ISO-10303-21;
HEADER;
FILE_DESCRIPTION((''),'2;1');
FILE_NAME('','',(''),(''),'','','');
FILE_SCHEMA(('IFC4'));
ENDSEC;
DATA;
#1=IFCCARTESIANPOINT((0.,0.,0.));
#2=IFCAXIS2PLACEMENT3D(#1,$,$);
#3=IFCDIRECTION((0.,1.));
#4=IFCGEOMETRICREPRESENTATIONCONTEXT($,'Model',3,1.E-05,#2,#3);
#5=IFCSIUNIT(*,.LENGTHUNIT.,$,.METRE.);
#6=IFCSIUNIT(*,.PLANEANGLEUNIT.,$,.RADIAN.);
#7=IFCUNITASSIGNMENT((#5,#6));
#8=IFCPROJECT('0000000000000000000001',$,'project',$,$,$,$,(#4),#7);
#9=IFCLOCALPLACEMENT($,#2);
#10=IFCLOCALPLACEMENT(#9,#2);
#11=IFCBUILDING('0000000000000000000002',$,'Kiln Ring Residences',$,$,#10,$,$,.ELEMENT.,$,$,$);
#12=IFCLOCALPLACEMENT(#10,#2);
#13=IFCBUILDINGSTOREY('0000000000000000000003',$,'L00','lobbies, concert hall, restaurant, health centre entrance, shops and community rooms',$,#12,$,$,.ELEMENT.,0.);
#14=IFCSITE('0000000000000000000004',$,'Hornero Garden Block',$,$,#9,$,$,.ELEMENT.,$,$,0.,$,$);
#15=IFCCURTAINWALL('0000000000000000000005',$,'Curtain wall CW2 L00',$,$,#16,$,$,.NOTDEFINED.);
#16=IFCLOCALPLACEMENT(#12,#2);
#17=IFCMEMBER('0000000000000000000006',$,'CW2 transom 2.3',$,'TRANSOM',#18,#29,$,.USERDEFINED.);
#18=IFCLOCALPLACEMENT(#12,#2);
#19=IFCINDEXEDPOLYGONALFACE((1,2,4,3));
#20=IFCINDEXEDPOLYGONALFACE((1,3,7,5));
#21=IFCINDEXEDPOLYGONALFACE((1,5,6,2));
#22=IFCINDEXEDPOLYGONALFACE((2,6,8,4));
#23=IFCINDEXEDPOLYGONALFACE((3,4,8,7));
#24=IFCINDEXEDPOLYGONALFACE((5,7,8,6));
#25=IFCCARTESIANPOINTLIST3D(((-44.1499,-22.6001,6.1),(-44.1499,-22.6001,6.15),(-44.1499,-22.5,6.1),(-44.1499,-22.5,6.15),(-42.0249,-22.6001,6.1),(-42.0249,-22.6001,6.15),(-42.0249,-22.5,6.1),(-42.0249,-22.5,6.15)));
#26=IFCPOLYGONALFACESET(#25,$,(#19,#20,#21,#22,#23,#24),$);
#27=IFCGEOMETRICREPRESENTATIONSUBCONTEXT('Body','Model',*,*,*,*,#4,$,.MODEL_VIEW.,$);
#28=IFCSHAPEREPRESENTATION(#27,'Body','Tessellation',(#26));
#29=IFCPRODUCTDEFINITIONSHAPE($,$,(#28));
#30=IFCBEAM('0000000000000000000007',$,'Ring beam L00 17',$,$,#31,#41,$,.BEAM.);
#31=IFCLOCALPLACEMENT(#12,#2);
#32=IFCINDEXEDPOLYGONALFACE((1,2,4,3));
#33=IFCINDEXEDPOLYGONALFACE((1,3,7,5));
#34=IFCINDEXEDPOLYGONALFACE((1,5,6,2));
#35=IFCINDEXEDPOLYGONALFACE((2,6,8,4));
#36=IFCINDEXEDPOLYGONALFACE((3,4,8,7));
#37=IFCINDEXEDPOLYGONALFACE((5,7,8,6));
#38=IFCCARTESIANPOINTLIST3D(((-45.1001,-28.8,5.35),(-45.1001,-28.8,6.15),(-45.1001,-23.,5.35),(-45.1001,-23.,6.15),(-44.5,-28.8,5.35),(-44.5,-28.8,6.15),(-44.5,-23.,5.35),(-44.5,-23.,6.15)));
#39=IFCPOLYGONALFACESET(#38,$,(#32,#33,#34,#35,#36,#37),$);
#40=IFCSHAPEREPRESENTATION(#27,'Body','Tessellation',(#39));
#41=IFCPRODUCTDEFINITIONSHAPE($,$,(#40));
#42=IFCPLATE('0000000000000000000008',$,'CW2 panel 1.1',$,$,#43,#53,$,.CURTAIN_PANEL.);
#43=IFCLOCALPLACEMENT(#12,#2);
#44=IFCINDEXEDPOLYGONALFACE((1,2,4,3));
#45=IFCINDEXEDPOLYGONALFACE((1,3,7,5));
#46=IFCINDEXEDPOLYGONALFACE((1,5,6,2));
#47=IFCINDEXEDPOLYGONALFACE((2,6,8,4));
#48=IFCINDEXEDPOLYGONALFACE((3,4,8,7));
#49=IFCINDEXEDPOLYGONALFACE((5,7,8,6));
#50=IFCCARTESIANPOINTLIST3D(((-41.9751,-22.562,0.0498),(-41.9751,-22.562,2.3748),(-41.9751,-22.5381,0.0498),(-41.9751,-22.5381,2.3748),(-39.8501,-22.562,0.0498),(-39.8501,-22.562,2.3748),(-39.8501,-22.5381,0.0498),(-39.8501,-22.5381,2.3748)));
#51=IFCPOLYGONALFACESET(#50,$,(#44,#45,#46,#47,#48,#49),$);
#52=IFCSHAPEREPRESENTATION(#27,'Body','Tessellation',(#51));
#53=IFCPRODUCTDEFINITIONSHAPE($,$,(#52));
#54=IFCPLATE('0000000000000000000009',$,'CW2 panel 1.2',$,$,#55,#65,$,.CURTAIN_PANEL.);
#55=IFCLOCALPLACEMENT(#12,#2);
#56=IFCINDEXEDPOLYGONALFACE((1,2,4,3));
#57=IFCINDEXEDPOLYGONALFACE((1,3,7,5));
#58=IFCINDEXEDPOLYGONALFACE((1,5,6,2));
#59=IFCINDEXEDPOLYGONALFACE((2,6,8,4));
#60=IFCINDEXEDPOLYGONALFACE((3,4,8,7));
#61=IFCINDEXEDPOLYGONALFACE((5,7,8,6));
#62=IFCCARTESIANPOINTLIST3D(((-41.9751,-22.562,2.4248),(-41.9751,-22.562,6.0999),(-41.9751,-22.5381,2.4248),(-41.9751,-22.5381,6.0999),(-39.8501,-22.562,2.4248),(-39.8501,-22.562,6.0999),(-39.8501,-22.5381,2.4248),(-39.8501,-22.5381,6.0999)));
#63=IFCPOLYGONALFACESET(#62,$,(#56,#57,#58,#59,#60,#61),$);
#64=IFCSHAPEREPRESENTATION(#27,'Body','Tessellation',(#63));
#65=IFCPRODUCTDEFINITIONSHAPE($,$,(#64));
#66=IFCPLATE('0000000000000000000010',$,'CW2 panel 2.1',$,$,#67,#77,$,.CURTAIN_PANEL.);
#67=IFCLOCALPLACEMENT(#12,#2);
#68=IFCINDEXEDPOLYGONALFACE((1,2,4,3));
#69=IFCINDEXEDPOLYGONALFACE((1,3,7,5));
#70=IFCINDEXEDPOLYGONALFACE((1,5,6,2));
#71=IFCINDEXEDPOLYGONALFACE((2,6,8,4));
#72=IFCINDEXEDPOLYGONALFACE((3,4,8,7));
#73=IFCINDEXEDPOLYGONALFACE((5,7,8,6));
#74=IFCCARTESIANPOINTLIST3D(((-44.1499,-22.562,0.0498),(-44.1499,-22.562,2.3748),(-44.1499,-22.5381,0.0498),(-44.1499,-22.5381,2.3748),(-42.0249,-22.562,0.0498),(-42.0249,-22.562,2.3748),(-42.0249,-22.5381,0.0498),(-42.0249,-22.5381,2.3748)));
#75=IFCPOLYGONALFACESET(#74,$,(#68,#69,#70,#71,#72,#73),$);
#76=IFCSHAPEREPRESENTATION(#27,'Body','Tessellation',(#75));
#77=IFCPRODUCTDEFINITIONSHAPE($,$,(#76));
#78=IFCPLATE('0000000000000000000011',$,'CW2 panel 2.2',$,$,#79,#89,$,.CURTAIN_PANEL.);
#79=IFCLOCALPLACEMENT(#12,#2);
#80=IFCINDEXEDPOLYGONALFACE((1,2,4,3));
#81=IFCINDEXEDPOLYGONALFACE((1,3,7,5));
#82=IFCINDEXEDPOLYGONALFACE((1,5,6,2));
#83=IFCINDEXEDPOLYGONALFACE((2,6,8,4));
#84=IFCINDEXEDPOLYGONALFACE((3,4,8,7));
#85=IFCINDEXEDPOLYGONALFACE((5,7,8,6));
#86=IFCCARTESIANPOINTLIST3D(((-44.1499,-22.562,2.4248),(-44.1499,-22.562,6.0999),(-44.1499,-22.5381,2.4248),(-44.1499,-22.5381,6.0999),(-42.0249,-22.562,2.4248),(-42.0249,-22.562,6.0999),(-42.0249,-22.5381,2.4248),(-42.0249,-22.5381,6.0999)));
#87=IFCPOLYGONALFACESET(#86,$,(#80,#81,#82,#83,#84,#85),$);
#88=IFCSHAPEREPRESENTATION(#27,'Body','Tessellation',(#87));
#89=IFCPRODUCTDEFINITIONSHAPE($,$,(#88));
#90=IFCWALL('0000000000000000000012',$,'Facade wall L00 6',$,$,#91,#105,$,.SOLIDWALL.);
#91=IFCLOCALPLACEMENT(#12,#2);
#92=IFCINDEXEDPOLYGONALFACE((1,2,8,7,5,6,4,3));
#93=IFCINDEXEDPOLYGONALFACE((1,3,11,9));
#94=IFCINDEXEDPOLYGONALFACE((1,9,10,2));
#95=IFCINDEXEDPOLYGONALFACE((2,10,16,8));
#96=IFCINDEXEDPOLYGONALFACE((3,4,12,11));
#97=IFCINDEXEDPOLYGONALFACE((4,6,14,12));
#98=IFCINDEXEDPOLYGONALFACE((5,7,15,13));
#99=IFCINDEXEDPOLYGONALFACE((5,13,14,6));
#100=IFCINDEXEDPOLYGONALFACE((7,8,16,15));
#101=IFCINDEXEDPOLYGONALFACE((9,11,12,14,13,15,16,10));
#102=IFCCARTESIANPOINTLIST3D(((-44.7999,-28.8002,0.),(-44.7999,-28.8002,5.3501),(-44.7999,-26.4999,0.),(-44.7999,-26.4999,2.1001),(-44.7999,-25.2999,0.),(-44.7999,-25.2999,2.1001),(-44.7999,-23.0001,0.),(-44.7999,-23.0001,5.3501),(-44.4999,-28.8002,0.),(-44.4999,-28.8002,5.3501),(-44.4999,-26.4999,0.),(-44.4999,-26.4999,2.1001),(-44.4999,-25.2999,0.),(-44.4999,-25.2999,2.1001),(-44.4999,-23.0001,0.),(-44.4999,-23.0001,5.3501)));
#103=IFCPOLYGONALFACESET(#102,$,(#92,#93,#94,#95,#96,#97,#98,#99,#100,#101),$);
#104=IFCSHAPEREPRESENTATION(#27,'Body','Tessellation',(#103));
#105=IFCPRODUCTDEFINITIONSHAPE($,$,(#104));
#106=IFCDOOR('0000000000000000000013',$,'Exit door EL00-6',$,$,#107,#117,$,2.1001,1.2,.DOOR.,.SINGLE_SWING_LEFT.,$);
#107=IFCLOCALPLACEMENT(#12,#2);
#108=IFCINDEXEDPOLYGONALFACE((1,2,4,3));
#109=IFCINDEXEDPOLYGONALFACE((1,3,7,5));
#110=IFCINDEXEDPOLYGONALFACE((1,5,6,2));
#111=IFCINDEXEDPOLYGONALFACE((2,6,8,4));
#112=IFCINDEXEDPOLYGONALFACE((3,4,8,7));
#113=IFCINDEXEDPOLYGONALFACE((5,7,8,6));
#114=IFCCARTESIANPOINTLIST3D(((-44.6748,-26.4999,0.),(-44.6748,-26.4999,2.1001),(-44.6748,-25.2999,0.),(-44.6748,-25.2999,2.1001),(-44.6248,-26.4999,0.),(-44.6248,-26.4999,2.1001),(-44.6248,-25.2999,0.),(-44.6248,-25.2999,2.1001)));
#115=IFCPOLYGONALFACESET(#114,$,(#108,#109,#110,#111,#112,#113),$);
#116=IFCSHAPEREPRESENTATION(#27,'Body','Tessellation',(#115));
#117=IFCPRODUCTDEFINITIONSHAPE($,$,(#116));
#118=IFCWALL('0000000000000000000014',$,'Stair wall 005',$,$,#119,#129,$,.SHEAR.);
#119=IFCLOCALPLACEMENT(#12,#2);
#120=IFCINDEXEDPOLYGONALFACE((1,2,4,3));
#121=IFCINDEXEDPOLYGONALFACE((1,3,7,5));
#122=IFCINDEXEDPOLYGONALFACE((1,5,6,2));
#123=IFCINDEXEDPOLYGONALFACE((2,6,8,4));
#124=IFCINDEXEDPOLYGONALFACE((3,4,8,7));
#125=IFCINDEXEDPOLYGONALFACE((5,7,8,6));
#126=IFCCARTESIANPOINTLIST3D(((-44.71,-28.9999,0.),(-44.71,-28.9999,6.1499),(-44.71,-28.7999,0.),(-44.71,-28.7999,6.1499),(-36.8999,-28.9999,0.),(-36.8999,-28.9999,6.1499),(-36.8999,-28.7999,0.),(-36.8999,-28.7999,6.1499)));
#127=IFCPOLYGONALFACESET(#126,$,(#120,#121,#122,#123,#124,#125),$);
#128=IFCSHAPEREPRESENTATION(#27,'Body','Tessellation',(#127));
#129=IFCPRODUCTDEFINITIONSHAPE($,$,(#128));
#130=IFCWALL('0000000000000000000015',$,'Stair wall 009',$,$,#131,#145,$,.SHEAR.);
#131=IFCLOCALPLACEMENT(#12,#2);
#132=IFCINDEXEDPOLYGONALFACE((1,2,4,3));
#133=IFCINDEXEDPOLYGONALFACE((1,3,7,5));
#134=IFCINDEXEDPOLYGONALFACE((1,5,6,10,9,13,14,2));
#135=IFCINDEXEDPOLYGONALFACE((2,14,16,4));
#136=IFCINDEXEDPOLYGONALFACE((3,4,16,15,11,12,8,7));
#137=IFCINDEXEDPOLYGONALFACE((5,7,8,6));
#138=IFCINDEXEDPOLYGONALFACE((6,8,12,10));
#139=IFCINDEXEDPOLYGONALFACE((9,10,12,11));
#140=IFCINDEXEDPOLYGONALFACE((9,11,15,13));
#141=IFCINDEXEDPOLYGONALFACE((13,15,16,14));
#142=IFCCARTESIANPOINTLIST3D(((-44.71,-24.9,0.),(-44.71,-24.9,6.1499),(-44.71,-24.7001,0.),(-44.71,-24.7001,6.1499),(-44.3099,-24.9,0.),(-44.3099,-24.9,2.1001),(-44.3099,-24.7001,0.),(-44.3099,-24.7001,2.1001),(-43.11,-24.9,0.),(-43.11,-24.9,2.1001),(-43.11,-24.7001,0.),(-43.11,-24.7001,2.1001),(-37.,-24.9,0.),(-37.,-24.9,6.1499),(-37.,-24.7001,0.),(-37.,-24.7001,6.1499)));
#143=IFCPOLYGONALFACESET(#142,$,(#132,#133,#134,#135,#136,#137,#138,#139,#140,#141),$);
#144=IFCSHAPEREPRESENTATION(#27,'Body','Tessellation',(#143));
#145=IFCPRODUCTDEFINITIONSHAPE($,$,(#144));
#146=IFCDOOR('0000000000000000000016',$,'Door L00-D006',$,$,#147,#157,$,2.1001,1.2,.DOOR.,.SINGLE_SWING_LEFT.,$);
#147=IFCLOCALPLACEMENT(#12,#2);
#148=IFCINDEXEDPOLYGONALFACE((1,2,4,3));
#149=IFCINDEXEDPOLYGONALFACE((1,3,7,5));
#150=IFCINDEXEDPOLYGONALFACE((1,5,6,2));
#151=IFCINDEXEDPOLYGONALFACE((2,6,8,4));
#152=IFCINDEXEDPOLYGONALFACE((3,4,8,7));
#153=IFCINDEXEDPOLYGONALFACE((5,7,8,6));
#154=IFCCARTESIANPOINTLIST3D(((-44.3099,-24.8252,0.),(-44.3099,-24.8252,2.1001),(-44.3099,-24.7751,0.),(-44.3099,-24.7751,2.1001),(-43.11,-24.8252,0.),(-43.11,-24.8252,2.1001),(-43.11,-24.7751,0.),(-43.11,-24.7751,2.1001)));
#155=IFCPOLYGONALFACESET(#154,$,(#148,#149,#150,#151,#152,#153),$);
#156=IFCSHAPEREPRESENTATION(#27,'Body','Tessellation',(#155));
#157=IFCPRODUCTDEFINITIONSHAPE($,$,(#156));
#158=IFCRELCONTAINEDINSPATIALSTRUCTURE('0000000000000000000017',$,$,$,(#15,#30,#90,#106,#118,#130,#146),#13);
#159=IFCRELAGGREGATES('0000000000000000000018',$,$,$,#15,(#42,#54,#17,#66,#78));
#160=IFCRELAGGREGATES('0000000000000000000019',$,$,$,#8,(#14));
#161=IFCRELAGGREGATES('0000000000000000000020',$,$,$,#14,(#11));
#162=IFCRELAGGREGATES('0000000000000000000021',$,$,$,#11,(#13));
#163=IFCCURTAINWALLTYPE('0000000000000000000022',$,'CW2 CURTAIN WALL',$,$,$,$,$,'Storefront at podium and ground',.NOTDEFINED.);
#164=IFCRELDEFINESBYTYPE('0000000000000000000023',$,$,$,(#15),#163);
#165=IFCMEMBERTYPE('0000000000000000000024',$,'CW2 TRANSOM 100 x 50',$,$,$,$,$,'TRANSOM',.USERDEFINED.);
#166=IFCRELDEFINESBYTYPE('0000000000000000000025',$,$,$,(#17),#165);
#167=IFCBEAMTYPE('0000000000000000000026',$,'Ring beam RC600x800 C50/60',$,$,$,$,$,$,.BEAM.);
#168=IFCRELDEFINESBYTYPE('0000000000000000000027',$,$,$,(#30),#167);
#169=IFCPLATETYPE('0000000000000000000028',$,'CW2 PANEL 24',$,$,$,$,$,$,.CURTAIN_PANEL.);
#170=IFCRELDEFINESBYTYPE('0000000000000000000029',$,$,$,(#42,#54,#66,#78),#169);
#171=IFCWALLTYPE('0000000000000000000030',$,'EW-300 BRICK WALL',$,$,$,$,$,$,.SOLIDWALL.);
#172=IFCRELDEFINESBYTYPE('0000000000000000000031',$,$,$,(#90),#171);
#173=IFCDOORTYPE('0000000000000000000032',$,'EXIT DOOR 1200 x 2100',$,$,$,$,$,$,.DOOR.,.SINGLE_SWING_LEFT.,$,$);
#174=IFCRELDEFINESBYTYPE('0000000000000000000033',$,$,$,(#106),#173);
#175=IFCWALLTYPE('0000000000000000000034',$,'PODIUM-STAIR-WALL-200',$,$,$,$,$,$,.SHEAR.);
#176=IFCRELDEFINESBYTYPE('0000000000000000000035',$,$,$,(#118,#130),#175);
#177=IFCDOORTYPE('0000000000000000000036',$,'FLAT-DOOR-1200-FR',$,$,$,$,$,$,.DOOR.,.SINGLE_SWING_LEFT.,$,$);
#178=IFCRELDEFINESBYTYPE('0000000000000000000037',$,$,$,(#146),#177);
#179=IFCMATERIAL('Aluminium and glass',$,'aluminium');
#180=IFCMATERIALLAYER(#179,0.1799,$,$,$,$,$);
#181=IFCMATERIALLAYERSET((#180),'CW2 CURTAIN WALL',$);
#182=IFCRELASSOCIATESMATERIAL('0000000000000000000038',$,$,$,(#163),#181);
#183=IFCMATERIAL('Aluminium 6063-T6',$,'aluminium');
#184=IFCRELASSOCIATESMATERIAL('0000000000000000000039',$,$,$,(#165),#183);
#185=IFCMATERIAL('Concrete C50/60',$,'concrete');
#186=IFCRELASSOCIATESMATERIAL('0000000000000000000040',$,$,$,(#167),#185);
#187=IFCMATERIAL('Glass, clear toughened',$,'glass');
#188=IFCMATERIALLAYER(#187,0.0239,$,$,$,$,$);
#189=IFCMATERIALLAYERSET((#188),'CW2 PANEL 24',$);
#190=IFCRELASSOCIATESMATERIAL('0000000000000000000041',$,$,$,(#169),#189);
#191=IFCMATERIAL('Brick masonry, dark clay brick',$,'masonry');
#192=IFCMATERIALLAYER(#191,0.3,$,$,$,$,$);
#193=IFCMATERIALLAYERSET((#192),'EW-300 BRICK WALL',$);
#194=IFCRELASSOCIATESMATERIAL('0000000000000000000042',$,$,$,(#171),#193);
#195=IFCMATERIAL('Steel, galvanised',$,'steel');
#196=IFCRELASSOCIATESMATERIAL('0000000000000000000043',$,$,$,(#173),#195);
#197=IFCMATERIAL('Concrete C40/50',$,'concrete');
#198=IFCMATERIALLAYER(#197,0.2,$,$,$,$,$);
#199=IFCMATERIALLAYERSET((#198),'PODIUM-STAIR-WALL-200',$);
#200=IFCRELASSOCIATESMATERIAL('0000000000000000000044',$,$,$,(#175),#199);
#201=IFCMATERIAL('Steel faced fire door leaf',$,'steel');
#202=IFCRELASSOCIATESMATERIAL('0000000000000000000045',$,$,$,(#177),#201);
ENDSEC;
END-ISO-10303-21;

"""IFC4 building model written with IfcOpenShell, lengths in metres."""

from ifc_helpers import new_model, si_unit, direction, frame, frame_2d, origin, origin_2d, place, context, subcontext, project, spatial, rectangle, extrude, material, layer, layer_set, material_profile, profile_set, type_object, element, fill, aggregate, save


model = new_model("IFC4")

# Units and contexts
model_context = context("Model", 3, precision=1e-05, world=origin(), true_north=direction((0.0, 1.0)))
body_context = subcontext(model_context, "Body", "Model", "MODEL_VIEW")
ifc_project = project(units=[si_unit("LENGTHUNIT", "METRE"), si_unit("PLANEANGLEUNIT", "RADIAN")], contexts=[model_context])

# Site, building, storey
site_placement = place(None, origin())
site = spatial("IfcSite", under=ifc_project, at=site_placement, Name="Hornero Garden Block", CompositionType="ELEMENT", RefElevation=0.0)
building_placement = place(site_placement, origin())
building = spatial("IfcBuilding", under=site, at=building_placement, Name="Kiln Ring Residences", CompositionType="ELEMENT")
storey_placement = place(building_placement, origin())
storey = spatial("IfcBuildingStorey", under=building, at=storey_placement, Name="L00", Description="lobbies, concert hall, restaurant, health centre entrance, shops and community rooms", CompositionType="ELEMENT", Elevation=0.0)

# Curtain wall, member
ifc_material_1 = material(Name="Aluminium and glass", Category="aluminium")
ifc_layer_1 = layer(ifc_material_1, 0.1799)
ifc_layer_set_1 = layer_set([ifc_layer_1], Name="CW2 CURTAIN WALL")
curtain_wall_type = type_object("IfcCurtainWallType", Name="CW2 CURTAIN WALL", ElementType="Storefront at podium and ground", PredefinedType="NOTDEFINED", material=ifc_layer_set_1)
placement = place(storey_placement, origin())
curtain_wall = element("IfcCurtainWall", 1, at=placement, inside=storey, type_object=curtain_wall_type, Name="Curtain wall CW2 L00", PredefinedType="NOTDEFINED")
ifc_material_2 = material(Name="Aluminium 6063-T6", Category="aluminium")
ifc_material_profile_1 = material_profile(ifc_material_2, rectangle(XDim=0.1001, YDim=0.05, at=origin_2d()), Name="AL 100x50")
ifc_profile_set_1 = profile_set([ifc_material_profile_1], Name="Aluminium 6063-T6")
member_type_1 = type_object("IfcMemberType", Name="CW2 TRANSOM 100 x 50", ElementType="TRANSOM", PredefinedType="USERDEFINED", material=ifc_profile_set_1)
member_1_placement = place(storey_placement, frame((-42.0249, -22.55, 6.125), z_axis=(-1.0, 0.0, 0.0), x_axis=(0.0, -1.0, 0.0)))
member_1 = element("IfcMember", 2, at=member_1_placement, type_object=member_type_1, Name="CW2 transom 2.3", ObjectType="TRANSOM", PredefinedType="USERDEFINED", context=body_context, shape_type="SweptSolid", body=[
    extrude(rectangle(XDim=0.1001, YDim=0.05, at=origin_2d()), origin(), (0.0, 0.0, 1.0), 2.125),
])

# Beam
ifc_material_3 = material(Name="Concrete C50/60", Category="concrete")
ifc_material_profile_2 = material_profile(ifc_material_3, rectangle(XDim=0.6001, YDim=0.8, at=origin_2d()), Name="RC600x800")
ifc_profile_set_2 = profile_set([ifc_material_profile_2], Name="Concrete C50/60")
beam_type = type_object("IfcBeamType", Name="Ring beam RC600x800 C50/60", PredefinedType="BEAM", material=ifc_profile_set_2)
beam_placement = place(storey_placement, frame((-44.8, -23.0, 5.75), z_axis=(0.0, -1.0, 0.0), x_axis=(1.0, 0.0, 0.0)))
element("IfcBeam", 3, at=beam_placement, inside=storey, type_object=beam_type, Name="Ring beam L00 17", PredefinedType="BEAM", context=body_context, shape_type="SweptSolid", body=[
    extrude(rectangle(XDim=0.6001, YDim=0.8, at=origin_2d()), origin(), (0.0, 0.0, 1.0), 5.8),
])

# Plates
ifc_material_4 = material(Name="Glass, clear toughened", Category="glass")
ifc_layer_2 = layer(ifc_material_4, 0.0239)
ifc_layer_set_2 = layer_set([ifc_layer_2], Name="CW2 PANEL 24")
plate_type = type_object("IfcPlateType", Name="CW2 PANEL 24", PredefinedType="CURTAIN_PANEL", material=ifc_layer_set_2)
plate_1_placement = place(storey_placement, frame((-40.9126, -22.55, 0.0498), z_axis=(0.0, 0.0, 1.0), x_axis=(-1.0, 0.0, 0.0)))
plate_1 = element("IfcPlate", 4, at=plate_1_placement, type_object=plate_type, Name="CW2 panel 1.1", PredefinedType="CURTAIN_PANEL", context=body_context, shape_type="SweptSolid", body=[
    extrude(rectangle(XDim=2.125, YDim=0.0239, at=origin_2d()), origin(), (0.0, 0.0, 1.0), 2.325),
])
plate_2_placement = place(storey_placement, frame((-40.9126, -22.55, 2.4248), z_axis=(0.0, 0.0, 1.0), x_axis=(-1.0, 0.0, 0.0)))
plate_2 = element("IfcPlate", 5, at=plate_2_placement, type_object=plate_type, Name="CW2 panel 1.2", PredefinedType="CURTAIN_PANEL", context=body_context, shape_type="SweptSolid", body=[
    extrude(rectangle(XDim=2.125, YDim=0.0239, at=origin_2d()), origin(), (0.0, 0.0, 1.0), 3.675),
])
plate_3_placement = place(storey_placement, frame((-43.0874, -22.55, 0.0498), z_axis=(0.0, 0.0, 1.0), x_axis=(-1.0, 0.0, 0.0)))
plate_3 = element("IfcPlate", 6, at=plate_3_placement, type_object=plate_type, Name="CW2 panel 2.1", PredefinedType="CURTAIN_PANEL", context=body_context, shape_type="SweptSolid", body=[
    extrude(rectangle(XDim=2.125, YDim=0.0239, at=origin_2d()), origin(), (0.0, 0.0, 1.0), 2.325),
])
plate_4_placement = place(storey_placement, frame((-43.0874, -22.55, 2.4248), z_axis=(0.0, 0.0, 1.0), x_axis=(-1.0, 0.0, 0.0)))
plate_4 = element("IfcPlate", 7, at=plate_4_placement, type_object=plate_type, Name="CW2 panel 2.2", PredefinedType="CURTAIN_PANEL", context=body_context, shape_type="SweptSolid", body=[
    extrude(rectangle(XDim=2.125, YDim=0.0239, at=origin_2d()), origin(), (0.0, 0.0, 1.0), 3.675),
])
aggregate(curtain_wall, [plate_1, plate_2, member_1, plate_3, plate_4])

# Wall, opening, door
ifc_material_5 = material(Name="Brick masonry, dark clay brick", Category="masonry")
ifc_layer_3 = layer(ifc_material_5, 0.3)
ifc_layer_set_3 = layer_set([ifc_layer_3], Name="EW-300 BRICK WALL")
wall_type_1 = type_object("IfcWallType", Name="EW-300 BRICK WALL", PredefinedType="SOLIDWALL", material=ifc_layer_set_3)
wall_1_placement = place(storey_placement, frame((-44.6499, -28.8, 0.0), z_axis=(0.0, 0.0, 1.0), x_axis=(0.0, 1.0, 0.0)))
wall_1 = element("IfcWall", 8, at=wall_1_placement, inside=storey, type_object=wall_type_1, Name="Facade wall L00 6", PredefinedType="SOLIDWALL", context=body_context, shape_type="SweptSolid", body=[
    extrude(rectangle(XDim=5.8, YDim=0.3, at=frame_2d((2.8999, 0.0))), origin(), (0.0, 0.0, 1.0), 5.3501),
])
opening_1_placement = place(wall_1_placement, frame((2.3, 0.0, 0.0)))
opening_1 = element("IfcOpeningElement", 9, at=opening_1_placement, cuts=wall_1, PredefinedType="OPENING", context=body_context, shape_type="SweptSolid", body=[
    extrude(rectangle(XDim=1.2, YDim=2.1001, at=frame_2d((0.6001, 1.05))), frame((0.0, 0.1599, 0.0), z_axis=(0.0, -1.0, 0.0), x_axis=(1.0, 0.0, 0.0)), (0.0, 0.0, 1.0), 0.3201),
])
ifc_material_6 = material(Name="Steel, galvanised", Category="steel")
door_type_1 = type_object("IfcDoorType", Name="EXIT DOOR 1200 x 2100", OperationType="SINGLE_SWING_LEFT", PredefinedType="DOOR", material=ifc_material_6)
door_1_placement = place(opening_1_placement, origin())
door_1 = element("IfcDoor", 10, at=door_1_placement, inside=storey, type_object=door_type_1, Name="Exit door EL00-6", OperationType="SINGLE_SWING_LEFT", OverallHeight=2.1001, OverallWidth=1.2, PredefinedType="DOOR", context=body_context, shape_type="SweptSolid", body=[
    extrude(rectangle(XDim=1.2, YDim=2.1001, at=frame_2d((0.6001, 1.05))), frame((0.0, 0.0249, 0.0), z_axis=(0.0, -1.0, 0.0), x_axis=(1.0, 0.0, 0.0)), (0.0, 0.0, 1.0), 0.05),
])
fill(opening_1, door_1)

# Wall
ifc_material_7 = material(Name="Concrete C40/50", Category="concrete")
ifc_layer_4 = layer(ifc_material_7, 0.2)
ifc_layer_set_4 = layer_set([ifc_layer_4], Name="PODIUM-STAIR-WALL-200")
wall_type_2 = type_object("IfcWallType", Name="PODIUM-STAIR-WALL-200", PredefinedType="SHEAR", material=ifc_layer_set_4)
wall_2_placement = place(storey_placement, frame((-44.71, -28.8999, 0.0), z_axis=(0.0, 0.0, 1.0), x_axis=(1.0, 0.0, 0.0)))
element("IfcWall", 11, at=wall_2_placement, inside=storey, type_object=wall_type_2, Name="Stair wall 005", PredefinedType="SHEAR", context=body_context, shape_type="SweptSolid", body=[
    extrude(rectangle(XDim=7.8101, YDim=0.2, at=frame_2d((3.905, 0.0))), origin(), (0.0, 0.0, 1.0), 6.1499),
])

# Wall, opening, door
wall_3_placement = place(storey_placement, frame((-44.71, -24.8, 0.0), z_axis=(0.0, 0.0, 1.0), x_axis=(1.0, 0.0, 0.0)))
wall_3 = element("IfcWall", 12, at=wall_3_placement, inside=storey, type_object=wall_type_2, Name="Stair wall 009", PredefinedType="SHEAR", context=body_context, shape_type="SweptSolid", body=[
    extrude(rectangle(XDim=7.71, YDim=0.2, at=frame_2d((3.855, 0.0))), origin(), (0.0, 0.0, 1.0), 6.1499),
])
opening_2_placement = place(wall_3_placement, frame((0.3999, 0.0, 0.0)))
opening_2 = element("IfcOpeningElement", 13, at=opening_2_placement, cuts=wall_3, PredefinedType="OPENING", context=body_context, shape_type="SweptSolid", body=[
    extrude(rectangle(XDim=1.2, YDim=2.1001, at=frame_2d((0.6001, 1.05))), frame((0.0, 0.1099, 0.0), z_axis=(0.0, -1.0, 0.0), x_axis=(1.0, 0.0, 0.0)), (0.0, 0.0, 1.0), 0.22),
])
ifc_material_8 = material(Name="Steel faced fire door leaf", Category="steel")
door_type_2 = type_object("IfcDoorType", Name="FLAT-DOOR-1200-FR", OperationType="SINGLE_SWING_LEFT", PredefinedType="DOOR", material=ifc_material_8)
door_2_placement = place(opening_2_placement, origin())
door_2 = element("IfcDoor", 14, at=door_2_placement, inside=storey, type_object=door_type_2, Name="Door L00-D006", OperationType="SINGLE_SWING_LEFT", OverallHeight=2.1001, OverallWidth=1.2, PredefinedType="DOOR", context=body_context, shape_type="SweptSolid", body=[
    extrude(rectangle(XDim=1.2, YDim=2.1001, at=frame_2d((0.6001, 1.05))), frame((0.0, 0.0249, 0.0), z_axis=(0.0, -1.0, 0.0), x_axis=(1.0, 0.0, 0.0)), (0.0, 0.0, 1.0), 0.05),
])
fill(opening_2, door_2)

save(model, "model.ifc")
